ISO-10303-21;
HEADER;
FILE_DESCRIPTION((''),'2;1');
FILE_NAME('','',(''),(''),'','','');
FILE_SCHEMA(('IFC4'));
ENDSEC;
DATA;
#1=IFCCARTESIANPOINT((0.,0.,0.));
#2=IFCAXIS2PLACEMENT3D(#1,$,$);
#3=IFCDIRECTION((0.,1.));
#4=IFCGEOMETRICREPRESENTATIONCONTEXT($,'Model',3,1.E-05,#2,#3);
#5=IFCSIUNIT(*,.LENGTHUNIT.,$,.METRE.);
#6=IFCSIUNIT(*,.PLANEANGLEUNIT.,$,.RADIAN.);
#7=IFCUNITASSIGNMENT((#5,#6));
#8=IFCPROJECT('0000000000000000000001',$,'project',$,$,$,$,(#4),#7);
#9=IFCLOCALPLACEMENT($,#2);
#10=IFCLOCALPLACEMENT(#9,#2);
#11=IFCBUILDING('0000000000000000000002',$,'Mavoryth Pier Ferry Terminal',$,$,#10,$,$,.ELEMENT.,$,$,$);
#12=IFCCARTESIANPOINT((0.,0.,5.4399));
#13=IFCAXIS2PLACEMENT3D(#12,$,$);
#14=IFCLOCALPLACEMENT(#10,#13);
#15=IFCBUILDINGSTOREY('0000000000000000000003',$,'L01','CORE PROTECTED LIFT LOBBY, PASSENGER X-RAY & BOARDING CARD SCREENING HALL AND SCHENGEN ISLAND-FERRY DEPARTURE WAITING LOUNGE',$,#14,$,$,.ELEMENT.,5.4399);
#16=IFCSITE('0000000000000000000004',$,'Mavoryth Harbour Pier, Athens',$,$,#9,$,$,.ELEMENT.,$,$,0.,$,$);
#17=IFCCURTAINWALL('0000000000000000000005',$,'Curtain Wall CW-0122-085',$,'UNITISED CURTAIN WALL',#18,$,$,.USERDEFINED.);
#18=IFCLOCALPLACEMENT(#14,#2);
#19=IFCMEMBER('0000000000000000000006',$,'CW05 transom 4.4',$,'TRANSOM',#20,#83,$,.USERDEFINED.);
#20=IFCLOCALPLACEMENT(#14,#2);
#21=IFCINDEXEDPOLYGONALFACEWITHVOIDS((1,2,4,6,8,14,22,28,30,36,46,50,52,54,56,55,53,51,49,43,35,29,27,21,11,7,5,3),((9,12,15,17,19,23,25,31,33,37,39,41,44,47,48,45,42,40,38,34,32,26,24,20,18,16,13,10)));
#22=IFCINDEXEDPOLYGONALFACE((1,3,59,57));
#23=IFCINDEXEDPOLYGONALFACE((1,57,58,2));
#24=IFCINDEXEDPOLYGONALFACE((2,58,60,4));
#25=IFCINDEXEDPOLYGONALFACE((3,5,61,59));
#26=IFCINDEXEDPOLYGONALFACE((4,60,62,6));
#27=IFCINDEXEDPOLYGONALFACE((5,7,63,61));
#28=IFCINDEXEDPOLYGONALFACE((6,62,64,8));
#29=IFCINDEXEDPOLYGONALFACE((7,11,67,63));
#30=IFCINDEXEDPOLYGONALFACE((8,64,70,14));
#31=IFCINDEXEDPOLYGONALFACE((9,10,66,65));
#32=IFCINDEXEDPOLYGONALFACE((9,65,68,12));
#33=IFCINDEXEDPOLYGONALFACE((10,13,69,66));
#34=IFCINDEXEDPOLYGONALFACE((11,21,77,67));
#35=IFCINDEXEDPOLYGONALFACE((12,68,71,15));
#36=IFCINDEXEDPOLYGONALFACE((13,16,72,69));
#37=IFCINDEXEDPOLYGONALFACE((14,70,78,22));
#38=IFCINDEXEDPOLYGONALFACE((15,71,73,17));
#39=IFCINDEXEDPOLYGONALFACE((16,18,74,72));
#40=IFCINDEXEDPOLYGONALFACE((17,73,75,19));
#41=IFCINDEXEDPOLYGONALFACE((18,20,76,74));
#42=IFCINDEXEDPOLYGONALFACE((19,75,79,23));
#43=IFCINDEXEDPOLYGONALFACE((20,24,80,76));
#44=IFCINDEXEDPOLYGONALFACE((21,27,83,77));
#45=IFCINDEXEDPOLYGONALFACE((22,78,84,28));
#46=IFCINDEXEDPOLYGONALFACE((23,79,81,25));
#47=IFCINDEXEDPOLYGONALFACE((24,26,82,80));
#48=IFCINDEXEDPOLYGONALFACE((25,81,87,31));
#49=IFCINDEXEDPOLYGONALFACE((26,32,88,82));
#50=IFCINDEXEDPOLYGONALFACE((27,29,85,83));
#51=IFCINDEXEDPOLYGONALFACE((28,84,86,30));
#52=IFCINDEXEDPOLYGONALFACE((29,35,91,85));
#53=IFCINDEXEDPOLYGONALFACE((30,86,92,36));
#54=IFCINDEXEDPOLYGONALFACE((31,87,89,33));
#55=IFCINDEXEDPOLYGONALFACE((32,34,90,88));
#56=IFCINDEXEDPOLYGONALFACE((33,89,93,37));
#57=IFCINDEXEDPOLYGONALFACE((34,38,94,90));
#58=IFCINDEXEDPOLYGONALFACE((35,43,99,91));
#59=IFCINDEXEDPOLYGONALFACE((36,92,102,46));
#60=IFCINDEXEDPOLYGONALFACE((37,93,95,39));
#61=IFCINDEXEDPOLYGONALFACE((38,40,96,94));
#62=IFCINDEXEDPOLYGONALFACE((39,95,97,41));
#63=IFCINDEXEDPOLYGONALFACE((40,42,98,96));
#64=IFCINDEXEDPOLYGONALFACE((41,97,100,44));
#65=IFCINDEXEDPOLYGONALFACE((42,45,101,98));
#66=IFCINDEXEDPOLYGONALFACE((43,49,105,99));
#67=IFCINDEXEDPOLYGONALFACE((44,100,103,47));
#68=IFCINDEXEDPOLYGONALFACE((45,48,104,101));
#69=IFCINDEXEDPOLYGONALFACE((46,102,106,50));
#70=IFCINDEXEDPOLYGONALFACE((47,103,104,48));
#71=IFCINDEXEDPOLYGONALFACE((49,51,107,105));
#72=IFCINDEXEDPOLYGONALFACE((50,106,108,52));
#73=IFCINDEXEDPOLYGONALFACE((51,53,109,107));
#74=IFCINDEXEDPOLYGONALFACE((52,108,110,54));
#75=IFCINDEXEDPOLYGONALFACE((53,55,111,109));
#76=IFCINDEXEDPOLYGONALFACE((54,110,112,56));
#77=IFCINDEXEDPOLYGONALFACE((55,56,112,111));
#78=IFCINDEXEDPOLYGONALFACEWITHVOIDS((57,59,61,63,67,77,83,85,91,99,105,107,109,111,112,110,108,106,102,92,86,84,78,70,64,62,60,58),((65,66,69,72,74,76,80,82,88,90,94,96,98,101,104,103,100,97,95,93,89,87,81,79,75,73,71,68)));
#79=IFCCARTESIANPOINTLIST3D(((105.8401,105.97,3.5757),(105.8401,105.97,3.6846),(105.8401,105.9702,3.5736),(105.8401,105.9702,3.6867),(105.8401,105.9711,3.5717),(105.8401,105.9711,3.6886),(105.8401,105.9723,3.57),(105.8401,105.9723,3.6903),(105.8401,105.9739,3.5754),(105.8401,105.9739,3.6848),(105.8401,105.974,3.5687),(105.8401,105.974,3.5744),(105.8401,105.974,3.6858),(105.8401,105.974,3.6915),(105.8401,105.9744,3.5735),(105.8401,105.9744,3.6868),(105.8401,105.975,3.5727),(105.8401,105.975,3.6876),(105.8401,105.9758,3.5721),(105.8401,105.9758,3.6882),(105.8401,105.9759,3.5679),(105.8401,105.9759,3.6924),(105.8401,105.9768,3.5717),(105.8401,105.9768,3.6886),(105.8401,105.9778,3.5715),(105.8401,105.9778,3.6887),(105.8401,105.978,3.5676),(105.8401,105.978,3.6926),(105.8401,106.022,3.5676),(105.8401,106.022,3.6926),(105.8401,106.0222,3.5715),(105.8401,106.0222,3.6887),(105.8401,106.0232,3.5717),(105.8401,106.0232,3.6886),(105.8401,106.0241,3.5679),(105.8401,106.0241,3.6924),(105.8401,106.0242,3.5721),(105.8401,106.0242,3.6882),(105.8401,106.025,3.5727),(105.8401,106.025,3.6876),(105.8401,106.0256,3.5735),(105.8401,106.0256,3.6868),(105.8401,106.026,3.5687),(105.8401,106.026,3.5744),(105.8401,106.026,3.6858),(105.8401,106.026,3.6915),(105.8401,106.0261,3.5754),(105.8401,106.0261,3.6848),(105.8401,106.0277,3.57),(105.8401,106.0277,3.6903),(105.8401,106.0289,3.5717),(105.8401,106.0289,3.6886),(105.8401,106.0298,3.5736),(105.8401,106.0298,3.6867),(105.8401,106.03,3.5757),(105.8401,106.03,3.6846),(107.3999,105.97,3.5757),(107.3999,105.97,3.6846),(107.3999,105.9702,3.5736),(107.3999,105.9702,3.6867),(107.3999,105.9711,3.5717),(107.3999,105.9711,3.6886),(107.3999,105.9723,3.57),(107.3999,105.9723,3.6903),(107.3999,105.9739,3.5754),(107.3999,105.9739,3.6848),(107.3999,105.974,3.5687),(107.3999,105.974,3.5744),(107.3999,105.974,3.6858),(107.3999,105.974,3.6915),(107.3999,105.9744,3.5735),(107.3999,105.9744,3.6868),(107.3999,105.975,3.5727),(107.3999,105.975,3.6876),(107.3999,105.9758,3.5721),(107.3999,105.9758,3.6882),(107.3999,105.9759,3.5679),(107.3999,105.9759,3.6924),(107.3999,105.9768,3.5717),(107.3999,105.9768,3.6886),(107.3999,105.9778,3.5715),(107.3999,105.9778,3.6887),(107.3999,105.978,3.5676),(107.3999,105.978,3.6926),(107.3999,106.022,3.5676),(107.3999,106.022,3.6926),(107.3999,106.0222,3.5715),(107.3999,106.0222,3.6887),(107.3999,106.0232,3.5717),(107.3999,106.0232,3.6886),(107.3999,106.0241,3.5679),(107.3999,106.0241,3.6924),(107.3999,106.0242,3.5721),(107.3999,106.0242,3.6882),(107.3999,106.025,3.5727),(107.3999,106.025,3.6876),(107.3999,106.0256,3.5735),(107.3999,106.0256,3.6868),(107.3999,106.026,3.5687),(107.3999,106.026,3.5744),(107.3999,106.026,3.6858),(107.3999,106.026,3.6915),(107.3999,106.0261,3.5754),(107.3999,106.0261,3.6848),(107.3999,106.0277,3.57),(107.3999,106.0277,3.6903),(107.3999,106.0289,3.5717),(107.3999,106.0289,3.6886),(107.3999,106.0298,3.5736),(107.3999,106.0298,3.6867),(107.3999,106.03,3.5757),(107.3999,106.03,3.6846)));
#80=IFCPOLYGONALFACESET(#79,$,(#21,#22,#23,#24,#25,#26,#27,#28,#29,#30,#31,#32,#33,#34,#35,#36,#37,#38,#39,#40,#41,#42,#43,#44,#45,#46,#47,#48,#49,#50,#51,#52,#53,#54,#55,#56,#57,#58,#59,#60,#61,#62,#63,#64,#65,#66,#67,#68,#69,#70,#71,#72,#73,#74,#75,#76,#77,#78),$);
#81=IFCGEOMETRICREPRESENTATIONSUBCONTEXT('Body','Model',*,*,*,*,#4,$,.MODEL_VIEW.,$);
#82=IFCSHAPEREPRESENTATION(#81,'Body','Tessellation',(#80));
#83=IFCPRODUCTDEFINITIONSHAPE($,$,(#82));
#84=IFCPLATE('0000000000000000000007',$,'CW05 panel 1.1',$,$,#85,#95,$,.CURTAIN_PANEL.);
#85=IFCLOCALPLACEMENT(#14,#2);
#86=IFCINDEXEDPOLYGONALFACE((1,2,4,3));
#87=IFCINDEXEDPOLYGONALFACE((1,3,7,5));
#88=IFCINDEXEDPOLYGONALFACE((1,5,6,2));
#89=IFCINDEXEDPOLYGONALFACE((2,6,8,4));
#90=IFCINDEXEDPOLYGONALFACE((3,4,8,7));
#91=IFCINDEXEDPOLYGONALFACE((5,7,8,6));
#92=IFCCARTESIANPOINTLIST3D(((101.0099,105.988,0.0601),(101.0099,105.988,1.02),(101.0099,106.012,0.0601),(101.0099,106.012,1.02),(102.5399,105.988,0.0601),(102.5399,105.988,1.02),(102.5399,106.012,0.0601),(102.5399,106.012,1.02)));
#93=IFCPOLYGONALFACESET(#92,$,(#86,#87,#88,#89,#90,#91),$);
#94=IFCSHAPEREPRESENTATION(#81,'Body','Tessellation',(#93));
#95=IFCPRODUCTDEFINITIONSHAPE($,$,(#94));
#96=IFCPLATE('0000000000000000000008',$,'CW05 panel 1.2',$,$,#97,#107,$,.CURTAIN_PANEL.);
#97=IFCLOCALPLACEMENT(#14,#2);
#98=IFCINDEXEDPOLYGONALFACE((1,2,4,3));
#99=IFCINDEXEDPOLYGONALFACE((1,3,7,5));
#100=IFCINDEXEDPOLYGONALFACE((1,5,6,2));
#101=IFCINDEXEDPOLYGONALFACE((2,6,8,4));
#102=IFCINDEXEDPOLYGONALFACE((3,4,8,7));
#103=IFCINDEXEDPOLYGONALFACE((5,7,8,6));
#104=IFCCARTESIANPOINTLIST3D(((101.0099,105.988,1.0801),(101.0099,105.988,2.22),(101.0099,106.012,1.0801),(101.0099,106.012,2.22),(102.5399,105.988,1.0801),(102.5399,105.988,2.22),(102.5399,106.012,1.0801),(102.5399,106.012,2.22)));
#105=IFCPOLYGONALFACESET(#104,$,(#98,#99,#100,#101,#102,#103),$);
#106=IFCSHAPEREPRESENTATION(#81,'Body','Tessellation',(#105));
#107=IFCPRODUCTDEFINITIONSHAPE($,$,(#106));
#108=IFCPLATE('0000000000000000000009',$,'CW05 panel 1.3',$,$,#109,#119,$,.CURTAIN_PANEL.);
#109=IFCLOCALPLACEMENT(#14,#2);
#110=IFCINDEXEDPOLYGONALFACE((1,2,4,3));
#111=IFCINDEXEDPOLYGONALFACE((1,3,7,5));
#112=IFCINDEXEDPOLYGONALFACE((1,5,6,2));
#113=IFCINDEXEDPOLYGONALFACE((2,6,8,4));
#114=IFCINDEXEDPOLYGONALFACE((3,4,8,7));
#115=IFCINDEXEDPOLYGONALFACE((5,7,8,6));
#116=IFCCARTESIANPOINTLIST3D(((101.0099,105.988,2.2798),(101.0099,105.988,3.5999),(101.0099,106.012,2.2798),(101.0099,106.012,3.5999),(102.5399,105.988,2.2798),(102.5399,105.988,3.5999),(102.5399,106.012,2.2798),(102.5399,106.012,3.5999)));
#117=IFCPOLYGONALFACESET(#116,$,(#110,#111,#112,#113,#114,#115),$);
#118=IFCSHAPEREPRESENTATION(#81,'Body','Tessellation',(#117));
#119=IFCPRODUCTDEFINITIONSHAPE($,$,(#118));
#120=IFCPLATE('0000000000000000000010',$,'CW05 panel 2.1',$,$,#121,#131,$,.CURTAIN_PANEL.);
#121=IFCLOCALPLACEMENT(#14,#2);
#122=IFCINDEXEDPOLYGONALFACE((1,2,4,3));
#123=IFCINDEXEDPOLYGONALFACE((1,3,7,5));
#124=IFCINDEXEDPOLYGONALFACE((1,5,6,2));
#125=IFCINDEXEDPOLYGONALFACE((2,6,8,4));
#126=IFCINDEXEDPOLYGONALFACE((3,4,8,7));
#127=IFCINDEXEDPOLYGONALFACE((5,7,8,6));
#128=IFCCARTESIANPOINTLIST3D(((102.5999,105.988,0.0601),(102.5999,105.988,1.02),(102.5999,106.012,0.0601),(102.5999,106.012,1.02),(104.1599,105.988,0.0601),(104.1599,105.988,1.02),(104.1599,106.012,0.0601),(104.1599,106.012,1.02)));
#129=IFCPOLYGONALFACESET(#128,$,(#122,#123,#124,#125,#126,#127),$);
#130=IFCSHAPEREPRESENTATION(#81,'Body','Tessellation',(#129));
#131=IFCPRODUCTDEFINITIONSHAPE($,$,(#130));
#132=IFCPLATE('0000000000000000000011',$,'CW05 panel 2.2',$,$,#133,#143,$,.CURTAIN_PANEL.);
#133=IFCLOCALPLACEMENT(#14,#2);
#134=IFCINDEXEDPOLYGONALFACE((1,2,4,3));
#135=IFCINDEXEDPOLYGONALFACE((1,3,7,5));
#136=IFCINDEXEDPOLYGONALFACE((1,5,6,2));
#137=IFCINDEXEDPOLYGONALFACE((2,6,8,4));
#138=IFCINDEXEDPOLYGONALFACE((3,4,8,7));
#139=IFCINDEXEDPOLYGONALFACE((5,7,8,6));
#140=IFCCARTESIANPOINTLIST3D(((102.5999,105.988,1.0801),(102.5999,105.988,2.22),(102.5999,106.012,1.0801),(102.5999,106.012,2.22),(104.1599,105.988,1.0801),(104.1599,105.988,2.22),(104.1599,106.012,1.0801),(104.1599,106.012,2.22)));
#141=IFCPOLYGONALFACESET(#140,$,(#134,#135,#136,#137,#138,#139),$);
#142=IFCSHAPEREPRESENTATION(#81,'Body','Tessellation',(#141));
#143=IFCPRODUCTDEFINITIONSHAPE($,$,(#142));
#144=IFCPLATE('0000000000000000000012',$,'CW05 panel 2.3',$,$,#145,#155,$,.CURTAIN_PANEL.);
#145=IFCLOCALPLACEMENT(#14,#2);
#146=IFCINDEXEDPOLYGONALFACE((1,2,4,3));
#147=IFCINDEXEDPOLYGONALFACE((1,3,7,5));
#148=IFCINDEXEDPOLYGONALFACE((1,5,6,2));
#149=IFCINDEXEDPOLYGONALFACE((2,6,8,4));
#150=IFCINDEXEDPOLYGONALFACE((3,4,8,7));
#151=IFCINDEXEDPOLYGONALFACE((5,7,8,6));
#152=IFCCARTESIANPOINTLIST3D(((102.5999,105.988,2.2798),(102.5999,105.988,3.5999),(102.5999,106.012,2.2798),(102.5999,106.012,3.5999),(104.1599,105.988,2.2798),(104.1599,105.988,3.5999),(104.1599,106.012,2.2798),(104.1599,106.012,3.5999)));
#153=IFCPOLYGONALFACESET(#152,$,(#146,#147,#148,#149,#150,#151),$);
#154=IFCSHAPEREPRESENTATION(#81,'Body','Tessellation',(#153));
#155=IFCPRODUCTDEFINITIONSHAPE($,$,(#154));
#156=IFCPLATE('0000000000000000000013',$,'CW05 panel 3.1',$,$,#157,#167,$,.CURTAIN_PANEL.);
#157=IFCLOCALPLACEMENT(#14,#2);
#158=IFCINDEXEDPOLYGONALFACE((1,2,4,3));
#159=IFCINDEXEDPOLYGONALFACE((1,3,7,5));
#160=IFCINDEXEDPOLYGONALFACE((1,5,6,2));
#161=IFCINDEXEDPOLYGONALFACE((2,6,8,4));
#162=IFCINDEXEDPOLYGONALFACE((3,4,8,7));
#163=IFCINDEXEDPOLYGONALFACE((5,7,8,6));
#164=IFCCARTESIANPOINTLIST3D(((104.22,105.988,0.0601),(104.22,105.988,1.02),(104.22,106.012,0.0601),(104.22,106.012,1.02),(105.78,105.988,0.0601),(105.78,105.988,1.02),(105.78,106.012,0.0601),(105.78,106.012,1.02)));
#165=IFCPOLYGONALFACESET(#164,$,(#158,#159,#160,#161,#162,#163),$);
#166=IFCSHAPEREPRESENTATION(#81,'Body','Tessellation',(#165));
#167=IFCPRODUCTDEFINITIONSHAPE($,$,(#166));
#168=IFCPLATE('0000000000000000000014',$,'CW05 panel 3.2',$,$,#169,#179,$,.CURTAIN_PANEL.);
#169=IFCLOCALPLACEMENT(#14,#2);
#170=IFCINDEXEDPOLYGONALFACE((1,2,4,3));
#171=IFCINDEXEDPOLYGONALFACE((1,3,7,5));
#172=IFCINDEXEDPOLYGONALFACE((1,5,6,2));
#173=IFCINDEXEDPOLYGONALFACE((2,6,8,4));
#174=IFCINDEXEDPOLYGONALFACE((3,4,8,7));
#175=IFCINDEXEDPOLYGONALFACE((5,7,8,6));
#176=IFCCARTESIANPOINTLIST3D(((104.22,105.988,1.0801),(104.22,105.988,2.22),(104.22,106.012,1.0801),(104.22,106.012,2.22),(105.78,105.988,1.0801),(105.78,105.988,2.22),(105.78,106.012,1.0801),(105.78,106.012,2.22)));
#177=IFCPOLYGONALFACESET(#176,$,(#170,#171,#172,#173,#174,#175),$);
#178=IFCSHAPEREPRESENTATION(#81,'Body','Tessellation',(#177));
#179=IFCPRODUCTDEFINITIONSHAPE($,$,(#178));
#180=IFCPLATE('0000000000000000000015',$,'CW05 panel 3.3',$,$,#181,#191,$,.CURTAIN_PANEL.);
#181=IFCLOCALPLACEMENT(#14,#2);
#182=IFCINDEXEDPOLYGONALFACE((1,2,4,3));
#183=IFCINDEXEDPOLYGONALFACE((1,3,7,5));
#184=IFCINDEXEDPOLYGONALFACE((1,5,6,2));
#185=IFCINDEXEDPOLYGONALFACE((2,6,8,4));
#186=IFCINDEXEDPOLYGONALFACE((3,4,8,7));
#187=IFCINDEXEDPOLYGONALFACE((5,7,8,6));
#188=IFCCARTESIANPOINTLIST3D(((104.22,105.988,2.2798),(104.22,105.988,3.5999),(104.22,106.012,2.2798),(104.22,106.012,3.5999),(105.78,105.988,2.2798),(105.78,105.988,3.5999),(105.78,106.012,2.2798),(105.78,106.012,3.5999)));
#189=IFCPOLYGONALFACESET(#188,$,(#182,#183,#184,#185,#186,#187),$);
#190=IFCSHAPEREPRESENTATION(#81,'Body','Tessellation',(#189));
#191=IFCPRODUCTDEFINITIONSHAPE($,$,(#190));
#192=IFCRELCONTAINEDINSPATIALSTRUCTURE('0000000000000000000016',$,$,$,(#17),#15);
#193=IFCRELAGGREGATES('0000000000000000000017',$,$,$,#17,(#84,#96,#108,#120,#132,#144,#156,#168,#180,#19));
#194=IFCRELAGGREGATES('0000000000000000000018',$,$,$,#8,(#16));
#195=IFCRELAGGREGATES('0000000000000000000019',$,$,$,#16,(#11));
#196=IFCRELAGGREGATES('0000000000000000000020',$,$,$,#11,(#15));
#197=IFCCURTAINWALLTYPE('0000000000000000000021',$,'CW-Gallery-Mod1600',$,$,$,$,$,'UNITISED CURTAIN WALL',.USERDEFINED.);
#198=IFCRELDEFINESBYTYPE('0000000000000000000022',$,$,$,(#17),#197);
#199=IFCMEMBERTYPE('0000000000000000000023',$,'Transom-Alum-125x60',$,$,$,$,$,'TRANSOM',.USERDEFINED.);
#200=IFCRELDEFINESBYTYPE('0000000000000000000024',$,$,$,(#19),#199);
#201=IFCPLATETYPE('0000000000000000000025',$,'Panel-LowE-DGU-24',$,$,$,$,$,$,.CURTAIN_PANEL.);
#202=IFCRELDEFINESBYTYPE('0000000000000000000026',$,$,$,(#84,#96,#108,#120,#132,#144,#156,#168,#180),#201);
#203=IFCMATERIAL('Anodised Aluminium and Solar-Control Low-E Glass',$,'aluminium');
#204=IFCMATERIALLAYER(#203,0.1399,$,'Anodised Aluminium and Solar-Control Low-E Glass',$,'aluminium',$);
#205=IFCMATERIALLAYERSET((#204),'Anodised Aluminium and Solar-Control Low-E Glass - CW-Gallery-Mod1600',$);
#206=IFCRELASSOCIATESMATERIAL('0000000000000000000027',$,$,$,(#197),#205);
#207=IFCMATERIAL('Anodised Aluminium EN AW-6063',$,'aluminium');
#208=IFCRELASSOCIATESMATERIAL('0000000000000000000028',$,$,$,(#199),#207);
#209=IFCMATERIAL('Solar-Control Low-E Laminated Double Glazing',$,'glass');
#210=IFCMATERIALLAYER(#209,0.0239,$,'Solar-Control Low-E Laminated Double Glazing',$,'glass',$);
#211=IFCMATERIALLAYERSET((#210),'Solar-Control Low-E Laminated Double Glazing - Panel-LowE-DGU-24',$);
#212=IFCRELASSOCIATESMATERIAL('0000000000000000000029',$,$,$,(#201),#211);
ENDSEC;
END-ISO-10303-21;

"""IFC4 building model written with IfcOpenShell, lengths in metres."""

from ifc_helpers import new_model, si_unit, direction, frame, origin, origin_2d, place, context, subcontext, project, spatial, rectangle, hollow_rectangle, extrude, material, layer, layer_set, material_profile, profile_set, type_object, element, aggregate, save


model = new_model("IFC4")

# Units and contexts
model_context = context("Model", 3, precision=1e-05, world=origin(), true_north=direction((0.0, 1.0)))
body_context = subcontext(model_context, "Body", "Model", "MODEL_VIEW")
ifc_project = project(units=[si_unit("LENGTHUNIT", "METRE"), si_unit("PLANEANGLEUNIT", "RADIAN")], contexts=[model_context])

# Site, building, storey
site_placement = place(None, origin())
site = spatial("IfcSite", under=ifc_project, at=site_placement, Name="Mavoryth Harbour Pier, Athens", CompositionType="ELEMENT", RefElevation=0.0)
building_placement = place(site_placement, origin())
building = spatial("IfcBuilding", under=site, at=building_placement, Name="Mavoryth Pier Ferry Terminal", CompositionType="ELEMENT")
storey_placement = place(building_placement, frame((0.0, 0.0, 5.4399)))
storey = spatial("IfcBuildingStorey", under=building, at=storey_placement, Name="L01", Description="CORE PROTECTED LIFT LOBBY, PASSENGER X-RAY & BOARDING CARD SCREENING HALL AND SCHENGEN ISLAND-FERRY DEPARTURE WAITING LOUNGE", CompositionType="ELEMENT", Elevation=5.4399)

# Shared definitions
ifc_material_1 = material(Name="Anodised Aluminium and Solar-Control Low-E Glass", Category="aluminium")
ifc_layer_1 = layer(ifc_material_1, 0.1399, Name="Anodised Aluminium and Solar-Control Low-E Glass", Category="aluminium")
ifc_layer_set_1 = layer_set([ifc_layer_1], Name="Anodised Aluminium and Solar-Control Low-E Glass - CW-Gallery-Mod1600")
curtain_wall_type = type_object("IfcCurtainWallType", Name="CW-Gallery-Mod1600", ElementType="UNITISED CURTAIN WALL", PredefinedType="USERDEFINED", material=ifc_layer_set_1)
ifc_material_2 = material(Name="Anodised Aluminium EN AW-6063", Category="aluminium")

# Curtain wall
curtain_wall_1_placement = place(storey_placement, origin())
curtain_wall_1 = element("IfcCurtainWall", 1, at=curtain_wall_1_placement, inside=storey, type_object=curtain_wall_type, Name="Curtain Wall CW-0122-085", ObjectType="UNITISED CURTAIN WALL", PredefinedType="USERDEFINED")

# Member
ifc_material_profile_1 = material_profile(ifc_material_2, hollow_rectangle(XDim=0.0601, YDim=0.125, WallThickness=0.0039, InnerFilletRadius=0.0039, OuterFilletRadius=0.0081, at=origin_2d()), Name="AL-TRAN 125x60x4", Category="aluminium")
ifc_profile_set_1 = profile_set([ifc_material_profile_1], Name="Anodised Aluminium EN AW-6063 - AL-TRAN 125x60x4")
member_type_1 = type_object("IfcMemberType", Name="Transom-Alum-125x60", ElementType="TRANSOM", PredefinedType="USERDEFINED", material=ifc_profile_set_1)
member_1_placement = place(storey_placement, frame((105.8401, 106.0, 3.6301), z_axis=(1.0, 0.0, 0.0), x_axis=(0.0, 1.0, 0.0)))
member_1 = element("IfcMember", 2, at=member_1_placement, type_object=member_type_1, Name="CW05 transom 4.4", ObjectType="TRANSOM", PredefinedType="USERDEFINED", context=body_context, shape_type="SweptSolid", body=[
    extrude(hollow_rectangle(XDim=0.0601, YDim=0.125, WallThickness=0.0039, InnerFilletRadius=0.0039, OuterFilletRadius=0.0081, at=origin_2d()), origin(), (0.0, 0.0, 1.0), 1.5598),
])

# Plates
ifc_material_3 = material(Name="Solar-Control Low-E Laminated Double Glazing", Category="glass")
ifc_layer_2 = layer(ifc_material_3, 0.0239, Name="Solar-Control Low-E Laminated Double Glazing", Category="glass")
ifc_layer_set_2 = layer_set([ifc_layer_2], Name="Solar-Control Low-E Laminated Double Glazing - Panel-LowE-DGU-24")
plate_type = type_object("IfcPlateType", Name="Panel-LowE-DGU-24", PredefinedType="CURTAIN_PANEL", material=ifc_layer_set_2)
plate_1_placement = place(storey_placement, frame((101.7749, 106.0, 0.0601), z_axis=(0.0, 0.0, 1.0), x_axis=(1.0, 0.0, 0.0)))
plate_1 = element("IfcPlate", 3, at=plate_1_placement, type_object=plate_type, Name="CW05 panel 1.1", PredefinedType="CURTAIN_PANEL", context=body_context, shape_type="SweptSolid", body=[
    extrude(rectangle(XDim=1.53, YDim=0.0239, at=origin_2d()), origin(), (0.0, 0.0, 1.0), 0.96),
])
plate_2_placement = place(storey_placement, frame((101.7749, 106.0, 1.0801), z_axis=(0.0, 0.0, 1.0), x_axis=(1.0, 0.0, 0.0)))
plate_2 = element("IfcPlate", 4, at=plate_2_placement, type_object=plate_type, Name="CW05 panel 1.2", PredefinedType="CURTAIN_PANEL", context=body_context, shape_type="SweptSolid", body=[
    extrude(rectangle(XDim=1.53, YDim=0.0239, at=origin_2d()), origin(), (0.0, 0.0, 1.0), 1.1399),
])
plate_3_placement = place(storey_placement, frame((101.7749, 106.0, 2.2798), z_axis=(0.0, 0.0, 1.0), x_axis=(1.0, 0.0, 0.0)))
plate_3 = element("IfcPlate", 5, at=plate_3_placement, type_object=plate_type, Name="CW05 panel 1.3", PredefinedType="CURTAIN_PANEL", context=body_context, shape_type="SweptSolid", body=[
    extrude(rectangle(XDim=1.53, YDim=0.0239, at=origin_2d()), origin(), (0.0, 0.0, 1.0), 1.3201),
])
plate_4_placement = place(storey_placement, frame((103.3799, 106.0, 0.0601), z_axis=(0.0, 0.0, 1.0), x_axis=(1.0, 0.0, 0.0)))
plate_4 = element("IfcPlate", 6, at=plate_4_placement, type_object=plate_type, Name="CW05 panel 2.1", PredefinedType="CURTAIN_PANEL", context=body_context, shape_type="SweptSolid", body=[
    extrude(rectangle(XDim=1.5601, YDim=0.0239, at=origin_2d()), origin(), (0.0, 0.0, 1.0), 0.96),
])
plate_5_placement = place(storey_placement, frame((103.3799, 106.0, 1.0801), z_axis=(0.0, 0.0, 1.0), x_axis=(1.0, 0.0, 0.0)))
plate_5 = element("IfcPlate", 7, at=plate_5_placement, type_object=plate_type, Name="CW05 panel 2.2", PredefinedType="CURTAIN_PANEL", context=body_context, shape_type="SweptSolid", body=[
    extrude(rectangle(XDim=1.5601, YDim=0.0239, at=origin_2d()), origin(), (0.0, 0.0, 1.0), 1.1399),
])
plate_6_placement = place(storey_placement, frame((103.3799, 106.0, 2.2798), z_axis=(0.0, 0.0, 1.0), x_axis=(1.0, 0.0, 0.0)))
plate_6 = element("IfcPlate", 8, at=plate_6_placement, type_object=plate_type, Name="CW05 panel 2.3", PredefinedType="CURTAIN_PANEL", context=body_context, shape_type="SweptSolid", body=[
    extrude(rectangle(XDim=1.5601, YDim=0.0239, at=origin_2d()), origin(), (0.0, 0.0, 1.0), 1.3201),
])
plate_7_placement = place(storey_placement, frame((105.0, 106.0, 0.0601), z_axis=(0.0, 0.0, 1.0), x_axis=(1.0, 0.0, 0.0)))
plate_7 = element("IfcPlate", 9, at=plate_7_placement, type_object=plate_type, Name="CW05 panel 3.1", PredefinedType="CURTAIN_PANEL", context=body_context, shape_type="SweptSolid", body=[
    extrude(rectangle(XDim=1.5601, YDim=0.0239, at=origin_2d()), origin(), (0.0, 0.0, 1.0), 0.96),
])
plate_8_placement = place(storey_placement, frame((105.0, 106.0, 1.0801), z_axis=(0.0, 0.0, 1.0), x_axis=(1.0, 0.0, 0.0)))
plate_8 = element("IfcPlate", 10, at=plate_8_placement, type_object=plate_type, Name="CW05 panel 3.2", PredefinedType="CURTAIN_PANEL", context=body_context, shape_type="SweptSolid", body=[
    extrude(rectangle(XDim=1.5601, YDim=0.0239, at=origin_2d()), origin(), (0.0, 0.0, 1.0), 1.1399),
])
plate_9_placement = place(storey_placement, frame((105.0, 106.0, 2.2798), z_axis=(0.0, 0.0, 1.0), x_axis=(1.0, 0.0, 0.0)))
plate_9 = element("IfcPlate", 11, at=plate_9_placement, type_object=plate_type, Name="CW05 panel 3.3", PredefinedType="CURTAIN_PANEL", context=body_context, shape_type="SweptSolid", body=[
    extrude(rectangle(XDim=1.5601, YDim=0.0239, at=origin_2d()), origin(), (0.0, 0.0, 1.0), 1.3201),
])
aggregate(curtain_wall_1, [plate_1, plate_2, plate_3, plate_4, plate_5, plate_6, plate_7, plate_8, plate_9, member_1])

save(model, "model.ifc")
